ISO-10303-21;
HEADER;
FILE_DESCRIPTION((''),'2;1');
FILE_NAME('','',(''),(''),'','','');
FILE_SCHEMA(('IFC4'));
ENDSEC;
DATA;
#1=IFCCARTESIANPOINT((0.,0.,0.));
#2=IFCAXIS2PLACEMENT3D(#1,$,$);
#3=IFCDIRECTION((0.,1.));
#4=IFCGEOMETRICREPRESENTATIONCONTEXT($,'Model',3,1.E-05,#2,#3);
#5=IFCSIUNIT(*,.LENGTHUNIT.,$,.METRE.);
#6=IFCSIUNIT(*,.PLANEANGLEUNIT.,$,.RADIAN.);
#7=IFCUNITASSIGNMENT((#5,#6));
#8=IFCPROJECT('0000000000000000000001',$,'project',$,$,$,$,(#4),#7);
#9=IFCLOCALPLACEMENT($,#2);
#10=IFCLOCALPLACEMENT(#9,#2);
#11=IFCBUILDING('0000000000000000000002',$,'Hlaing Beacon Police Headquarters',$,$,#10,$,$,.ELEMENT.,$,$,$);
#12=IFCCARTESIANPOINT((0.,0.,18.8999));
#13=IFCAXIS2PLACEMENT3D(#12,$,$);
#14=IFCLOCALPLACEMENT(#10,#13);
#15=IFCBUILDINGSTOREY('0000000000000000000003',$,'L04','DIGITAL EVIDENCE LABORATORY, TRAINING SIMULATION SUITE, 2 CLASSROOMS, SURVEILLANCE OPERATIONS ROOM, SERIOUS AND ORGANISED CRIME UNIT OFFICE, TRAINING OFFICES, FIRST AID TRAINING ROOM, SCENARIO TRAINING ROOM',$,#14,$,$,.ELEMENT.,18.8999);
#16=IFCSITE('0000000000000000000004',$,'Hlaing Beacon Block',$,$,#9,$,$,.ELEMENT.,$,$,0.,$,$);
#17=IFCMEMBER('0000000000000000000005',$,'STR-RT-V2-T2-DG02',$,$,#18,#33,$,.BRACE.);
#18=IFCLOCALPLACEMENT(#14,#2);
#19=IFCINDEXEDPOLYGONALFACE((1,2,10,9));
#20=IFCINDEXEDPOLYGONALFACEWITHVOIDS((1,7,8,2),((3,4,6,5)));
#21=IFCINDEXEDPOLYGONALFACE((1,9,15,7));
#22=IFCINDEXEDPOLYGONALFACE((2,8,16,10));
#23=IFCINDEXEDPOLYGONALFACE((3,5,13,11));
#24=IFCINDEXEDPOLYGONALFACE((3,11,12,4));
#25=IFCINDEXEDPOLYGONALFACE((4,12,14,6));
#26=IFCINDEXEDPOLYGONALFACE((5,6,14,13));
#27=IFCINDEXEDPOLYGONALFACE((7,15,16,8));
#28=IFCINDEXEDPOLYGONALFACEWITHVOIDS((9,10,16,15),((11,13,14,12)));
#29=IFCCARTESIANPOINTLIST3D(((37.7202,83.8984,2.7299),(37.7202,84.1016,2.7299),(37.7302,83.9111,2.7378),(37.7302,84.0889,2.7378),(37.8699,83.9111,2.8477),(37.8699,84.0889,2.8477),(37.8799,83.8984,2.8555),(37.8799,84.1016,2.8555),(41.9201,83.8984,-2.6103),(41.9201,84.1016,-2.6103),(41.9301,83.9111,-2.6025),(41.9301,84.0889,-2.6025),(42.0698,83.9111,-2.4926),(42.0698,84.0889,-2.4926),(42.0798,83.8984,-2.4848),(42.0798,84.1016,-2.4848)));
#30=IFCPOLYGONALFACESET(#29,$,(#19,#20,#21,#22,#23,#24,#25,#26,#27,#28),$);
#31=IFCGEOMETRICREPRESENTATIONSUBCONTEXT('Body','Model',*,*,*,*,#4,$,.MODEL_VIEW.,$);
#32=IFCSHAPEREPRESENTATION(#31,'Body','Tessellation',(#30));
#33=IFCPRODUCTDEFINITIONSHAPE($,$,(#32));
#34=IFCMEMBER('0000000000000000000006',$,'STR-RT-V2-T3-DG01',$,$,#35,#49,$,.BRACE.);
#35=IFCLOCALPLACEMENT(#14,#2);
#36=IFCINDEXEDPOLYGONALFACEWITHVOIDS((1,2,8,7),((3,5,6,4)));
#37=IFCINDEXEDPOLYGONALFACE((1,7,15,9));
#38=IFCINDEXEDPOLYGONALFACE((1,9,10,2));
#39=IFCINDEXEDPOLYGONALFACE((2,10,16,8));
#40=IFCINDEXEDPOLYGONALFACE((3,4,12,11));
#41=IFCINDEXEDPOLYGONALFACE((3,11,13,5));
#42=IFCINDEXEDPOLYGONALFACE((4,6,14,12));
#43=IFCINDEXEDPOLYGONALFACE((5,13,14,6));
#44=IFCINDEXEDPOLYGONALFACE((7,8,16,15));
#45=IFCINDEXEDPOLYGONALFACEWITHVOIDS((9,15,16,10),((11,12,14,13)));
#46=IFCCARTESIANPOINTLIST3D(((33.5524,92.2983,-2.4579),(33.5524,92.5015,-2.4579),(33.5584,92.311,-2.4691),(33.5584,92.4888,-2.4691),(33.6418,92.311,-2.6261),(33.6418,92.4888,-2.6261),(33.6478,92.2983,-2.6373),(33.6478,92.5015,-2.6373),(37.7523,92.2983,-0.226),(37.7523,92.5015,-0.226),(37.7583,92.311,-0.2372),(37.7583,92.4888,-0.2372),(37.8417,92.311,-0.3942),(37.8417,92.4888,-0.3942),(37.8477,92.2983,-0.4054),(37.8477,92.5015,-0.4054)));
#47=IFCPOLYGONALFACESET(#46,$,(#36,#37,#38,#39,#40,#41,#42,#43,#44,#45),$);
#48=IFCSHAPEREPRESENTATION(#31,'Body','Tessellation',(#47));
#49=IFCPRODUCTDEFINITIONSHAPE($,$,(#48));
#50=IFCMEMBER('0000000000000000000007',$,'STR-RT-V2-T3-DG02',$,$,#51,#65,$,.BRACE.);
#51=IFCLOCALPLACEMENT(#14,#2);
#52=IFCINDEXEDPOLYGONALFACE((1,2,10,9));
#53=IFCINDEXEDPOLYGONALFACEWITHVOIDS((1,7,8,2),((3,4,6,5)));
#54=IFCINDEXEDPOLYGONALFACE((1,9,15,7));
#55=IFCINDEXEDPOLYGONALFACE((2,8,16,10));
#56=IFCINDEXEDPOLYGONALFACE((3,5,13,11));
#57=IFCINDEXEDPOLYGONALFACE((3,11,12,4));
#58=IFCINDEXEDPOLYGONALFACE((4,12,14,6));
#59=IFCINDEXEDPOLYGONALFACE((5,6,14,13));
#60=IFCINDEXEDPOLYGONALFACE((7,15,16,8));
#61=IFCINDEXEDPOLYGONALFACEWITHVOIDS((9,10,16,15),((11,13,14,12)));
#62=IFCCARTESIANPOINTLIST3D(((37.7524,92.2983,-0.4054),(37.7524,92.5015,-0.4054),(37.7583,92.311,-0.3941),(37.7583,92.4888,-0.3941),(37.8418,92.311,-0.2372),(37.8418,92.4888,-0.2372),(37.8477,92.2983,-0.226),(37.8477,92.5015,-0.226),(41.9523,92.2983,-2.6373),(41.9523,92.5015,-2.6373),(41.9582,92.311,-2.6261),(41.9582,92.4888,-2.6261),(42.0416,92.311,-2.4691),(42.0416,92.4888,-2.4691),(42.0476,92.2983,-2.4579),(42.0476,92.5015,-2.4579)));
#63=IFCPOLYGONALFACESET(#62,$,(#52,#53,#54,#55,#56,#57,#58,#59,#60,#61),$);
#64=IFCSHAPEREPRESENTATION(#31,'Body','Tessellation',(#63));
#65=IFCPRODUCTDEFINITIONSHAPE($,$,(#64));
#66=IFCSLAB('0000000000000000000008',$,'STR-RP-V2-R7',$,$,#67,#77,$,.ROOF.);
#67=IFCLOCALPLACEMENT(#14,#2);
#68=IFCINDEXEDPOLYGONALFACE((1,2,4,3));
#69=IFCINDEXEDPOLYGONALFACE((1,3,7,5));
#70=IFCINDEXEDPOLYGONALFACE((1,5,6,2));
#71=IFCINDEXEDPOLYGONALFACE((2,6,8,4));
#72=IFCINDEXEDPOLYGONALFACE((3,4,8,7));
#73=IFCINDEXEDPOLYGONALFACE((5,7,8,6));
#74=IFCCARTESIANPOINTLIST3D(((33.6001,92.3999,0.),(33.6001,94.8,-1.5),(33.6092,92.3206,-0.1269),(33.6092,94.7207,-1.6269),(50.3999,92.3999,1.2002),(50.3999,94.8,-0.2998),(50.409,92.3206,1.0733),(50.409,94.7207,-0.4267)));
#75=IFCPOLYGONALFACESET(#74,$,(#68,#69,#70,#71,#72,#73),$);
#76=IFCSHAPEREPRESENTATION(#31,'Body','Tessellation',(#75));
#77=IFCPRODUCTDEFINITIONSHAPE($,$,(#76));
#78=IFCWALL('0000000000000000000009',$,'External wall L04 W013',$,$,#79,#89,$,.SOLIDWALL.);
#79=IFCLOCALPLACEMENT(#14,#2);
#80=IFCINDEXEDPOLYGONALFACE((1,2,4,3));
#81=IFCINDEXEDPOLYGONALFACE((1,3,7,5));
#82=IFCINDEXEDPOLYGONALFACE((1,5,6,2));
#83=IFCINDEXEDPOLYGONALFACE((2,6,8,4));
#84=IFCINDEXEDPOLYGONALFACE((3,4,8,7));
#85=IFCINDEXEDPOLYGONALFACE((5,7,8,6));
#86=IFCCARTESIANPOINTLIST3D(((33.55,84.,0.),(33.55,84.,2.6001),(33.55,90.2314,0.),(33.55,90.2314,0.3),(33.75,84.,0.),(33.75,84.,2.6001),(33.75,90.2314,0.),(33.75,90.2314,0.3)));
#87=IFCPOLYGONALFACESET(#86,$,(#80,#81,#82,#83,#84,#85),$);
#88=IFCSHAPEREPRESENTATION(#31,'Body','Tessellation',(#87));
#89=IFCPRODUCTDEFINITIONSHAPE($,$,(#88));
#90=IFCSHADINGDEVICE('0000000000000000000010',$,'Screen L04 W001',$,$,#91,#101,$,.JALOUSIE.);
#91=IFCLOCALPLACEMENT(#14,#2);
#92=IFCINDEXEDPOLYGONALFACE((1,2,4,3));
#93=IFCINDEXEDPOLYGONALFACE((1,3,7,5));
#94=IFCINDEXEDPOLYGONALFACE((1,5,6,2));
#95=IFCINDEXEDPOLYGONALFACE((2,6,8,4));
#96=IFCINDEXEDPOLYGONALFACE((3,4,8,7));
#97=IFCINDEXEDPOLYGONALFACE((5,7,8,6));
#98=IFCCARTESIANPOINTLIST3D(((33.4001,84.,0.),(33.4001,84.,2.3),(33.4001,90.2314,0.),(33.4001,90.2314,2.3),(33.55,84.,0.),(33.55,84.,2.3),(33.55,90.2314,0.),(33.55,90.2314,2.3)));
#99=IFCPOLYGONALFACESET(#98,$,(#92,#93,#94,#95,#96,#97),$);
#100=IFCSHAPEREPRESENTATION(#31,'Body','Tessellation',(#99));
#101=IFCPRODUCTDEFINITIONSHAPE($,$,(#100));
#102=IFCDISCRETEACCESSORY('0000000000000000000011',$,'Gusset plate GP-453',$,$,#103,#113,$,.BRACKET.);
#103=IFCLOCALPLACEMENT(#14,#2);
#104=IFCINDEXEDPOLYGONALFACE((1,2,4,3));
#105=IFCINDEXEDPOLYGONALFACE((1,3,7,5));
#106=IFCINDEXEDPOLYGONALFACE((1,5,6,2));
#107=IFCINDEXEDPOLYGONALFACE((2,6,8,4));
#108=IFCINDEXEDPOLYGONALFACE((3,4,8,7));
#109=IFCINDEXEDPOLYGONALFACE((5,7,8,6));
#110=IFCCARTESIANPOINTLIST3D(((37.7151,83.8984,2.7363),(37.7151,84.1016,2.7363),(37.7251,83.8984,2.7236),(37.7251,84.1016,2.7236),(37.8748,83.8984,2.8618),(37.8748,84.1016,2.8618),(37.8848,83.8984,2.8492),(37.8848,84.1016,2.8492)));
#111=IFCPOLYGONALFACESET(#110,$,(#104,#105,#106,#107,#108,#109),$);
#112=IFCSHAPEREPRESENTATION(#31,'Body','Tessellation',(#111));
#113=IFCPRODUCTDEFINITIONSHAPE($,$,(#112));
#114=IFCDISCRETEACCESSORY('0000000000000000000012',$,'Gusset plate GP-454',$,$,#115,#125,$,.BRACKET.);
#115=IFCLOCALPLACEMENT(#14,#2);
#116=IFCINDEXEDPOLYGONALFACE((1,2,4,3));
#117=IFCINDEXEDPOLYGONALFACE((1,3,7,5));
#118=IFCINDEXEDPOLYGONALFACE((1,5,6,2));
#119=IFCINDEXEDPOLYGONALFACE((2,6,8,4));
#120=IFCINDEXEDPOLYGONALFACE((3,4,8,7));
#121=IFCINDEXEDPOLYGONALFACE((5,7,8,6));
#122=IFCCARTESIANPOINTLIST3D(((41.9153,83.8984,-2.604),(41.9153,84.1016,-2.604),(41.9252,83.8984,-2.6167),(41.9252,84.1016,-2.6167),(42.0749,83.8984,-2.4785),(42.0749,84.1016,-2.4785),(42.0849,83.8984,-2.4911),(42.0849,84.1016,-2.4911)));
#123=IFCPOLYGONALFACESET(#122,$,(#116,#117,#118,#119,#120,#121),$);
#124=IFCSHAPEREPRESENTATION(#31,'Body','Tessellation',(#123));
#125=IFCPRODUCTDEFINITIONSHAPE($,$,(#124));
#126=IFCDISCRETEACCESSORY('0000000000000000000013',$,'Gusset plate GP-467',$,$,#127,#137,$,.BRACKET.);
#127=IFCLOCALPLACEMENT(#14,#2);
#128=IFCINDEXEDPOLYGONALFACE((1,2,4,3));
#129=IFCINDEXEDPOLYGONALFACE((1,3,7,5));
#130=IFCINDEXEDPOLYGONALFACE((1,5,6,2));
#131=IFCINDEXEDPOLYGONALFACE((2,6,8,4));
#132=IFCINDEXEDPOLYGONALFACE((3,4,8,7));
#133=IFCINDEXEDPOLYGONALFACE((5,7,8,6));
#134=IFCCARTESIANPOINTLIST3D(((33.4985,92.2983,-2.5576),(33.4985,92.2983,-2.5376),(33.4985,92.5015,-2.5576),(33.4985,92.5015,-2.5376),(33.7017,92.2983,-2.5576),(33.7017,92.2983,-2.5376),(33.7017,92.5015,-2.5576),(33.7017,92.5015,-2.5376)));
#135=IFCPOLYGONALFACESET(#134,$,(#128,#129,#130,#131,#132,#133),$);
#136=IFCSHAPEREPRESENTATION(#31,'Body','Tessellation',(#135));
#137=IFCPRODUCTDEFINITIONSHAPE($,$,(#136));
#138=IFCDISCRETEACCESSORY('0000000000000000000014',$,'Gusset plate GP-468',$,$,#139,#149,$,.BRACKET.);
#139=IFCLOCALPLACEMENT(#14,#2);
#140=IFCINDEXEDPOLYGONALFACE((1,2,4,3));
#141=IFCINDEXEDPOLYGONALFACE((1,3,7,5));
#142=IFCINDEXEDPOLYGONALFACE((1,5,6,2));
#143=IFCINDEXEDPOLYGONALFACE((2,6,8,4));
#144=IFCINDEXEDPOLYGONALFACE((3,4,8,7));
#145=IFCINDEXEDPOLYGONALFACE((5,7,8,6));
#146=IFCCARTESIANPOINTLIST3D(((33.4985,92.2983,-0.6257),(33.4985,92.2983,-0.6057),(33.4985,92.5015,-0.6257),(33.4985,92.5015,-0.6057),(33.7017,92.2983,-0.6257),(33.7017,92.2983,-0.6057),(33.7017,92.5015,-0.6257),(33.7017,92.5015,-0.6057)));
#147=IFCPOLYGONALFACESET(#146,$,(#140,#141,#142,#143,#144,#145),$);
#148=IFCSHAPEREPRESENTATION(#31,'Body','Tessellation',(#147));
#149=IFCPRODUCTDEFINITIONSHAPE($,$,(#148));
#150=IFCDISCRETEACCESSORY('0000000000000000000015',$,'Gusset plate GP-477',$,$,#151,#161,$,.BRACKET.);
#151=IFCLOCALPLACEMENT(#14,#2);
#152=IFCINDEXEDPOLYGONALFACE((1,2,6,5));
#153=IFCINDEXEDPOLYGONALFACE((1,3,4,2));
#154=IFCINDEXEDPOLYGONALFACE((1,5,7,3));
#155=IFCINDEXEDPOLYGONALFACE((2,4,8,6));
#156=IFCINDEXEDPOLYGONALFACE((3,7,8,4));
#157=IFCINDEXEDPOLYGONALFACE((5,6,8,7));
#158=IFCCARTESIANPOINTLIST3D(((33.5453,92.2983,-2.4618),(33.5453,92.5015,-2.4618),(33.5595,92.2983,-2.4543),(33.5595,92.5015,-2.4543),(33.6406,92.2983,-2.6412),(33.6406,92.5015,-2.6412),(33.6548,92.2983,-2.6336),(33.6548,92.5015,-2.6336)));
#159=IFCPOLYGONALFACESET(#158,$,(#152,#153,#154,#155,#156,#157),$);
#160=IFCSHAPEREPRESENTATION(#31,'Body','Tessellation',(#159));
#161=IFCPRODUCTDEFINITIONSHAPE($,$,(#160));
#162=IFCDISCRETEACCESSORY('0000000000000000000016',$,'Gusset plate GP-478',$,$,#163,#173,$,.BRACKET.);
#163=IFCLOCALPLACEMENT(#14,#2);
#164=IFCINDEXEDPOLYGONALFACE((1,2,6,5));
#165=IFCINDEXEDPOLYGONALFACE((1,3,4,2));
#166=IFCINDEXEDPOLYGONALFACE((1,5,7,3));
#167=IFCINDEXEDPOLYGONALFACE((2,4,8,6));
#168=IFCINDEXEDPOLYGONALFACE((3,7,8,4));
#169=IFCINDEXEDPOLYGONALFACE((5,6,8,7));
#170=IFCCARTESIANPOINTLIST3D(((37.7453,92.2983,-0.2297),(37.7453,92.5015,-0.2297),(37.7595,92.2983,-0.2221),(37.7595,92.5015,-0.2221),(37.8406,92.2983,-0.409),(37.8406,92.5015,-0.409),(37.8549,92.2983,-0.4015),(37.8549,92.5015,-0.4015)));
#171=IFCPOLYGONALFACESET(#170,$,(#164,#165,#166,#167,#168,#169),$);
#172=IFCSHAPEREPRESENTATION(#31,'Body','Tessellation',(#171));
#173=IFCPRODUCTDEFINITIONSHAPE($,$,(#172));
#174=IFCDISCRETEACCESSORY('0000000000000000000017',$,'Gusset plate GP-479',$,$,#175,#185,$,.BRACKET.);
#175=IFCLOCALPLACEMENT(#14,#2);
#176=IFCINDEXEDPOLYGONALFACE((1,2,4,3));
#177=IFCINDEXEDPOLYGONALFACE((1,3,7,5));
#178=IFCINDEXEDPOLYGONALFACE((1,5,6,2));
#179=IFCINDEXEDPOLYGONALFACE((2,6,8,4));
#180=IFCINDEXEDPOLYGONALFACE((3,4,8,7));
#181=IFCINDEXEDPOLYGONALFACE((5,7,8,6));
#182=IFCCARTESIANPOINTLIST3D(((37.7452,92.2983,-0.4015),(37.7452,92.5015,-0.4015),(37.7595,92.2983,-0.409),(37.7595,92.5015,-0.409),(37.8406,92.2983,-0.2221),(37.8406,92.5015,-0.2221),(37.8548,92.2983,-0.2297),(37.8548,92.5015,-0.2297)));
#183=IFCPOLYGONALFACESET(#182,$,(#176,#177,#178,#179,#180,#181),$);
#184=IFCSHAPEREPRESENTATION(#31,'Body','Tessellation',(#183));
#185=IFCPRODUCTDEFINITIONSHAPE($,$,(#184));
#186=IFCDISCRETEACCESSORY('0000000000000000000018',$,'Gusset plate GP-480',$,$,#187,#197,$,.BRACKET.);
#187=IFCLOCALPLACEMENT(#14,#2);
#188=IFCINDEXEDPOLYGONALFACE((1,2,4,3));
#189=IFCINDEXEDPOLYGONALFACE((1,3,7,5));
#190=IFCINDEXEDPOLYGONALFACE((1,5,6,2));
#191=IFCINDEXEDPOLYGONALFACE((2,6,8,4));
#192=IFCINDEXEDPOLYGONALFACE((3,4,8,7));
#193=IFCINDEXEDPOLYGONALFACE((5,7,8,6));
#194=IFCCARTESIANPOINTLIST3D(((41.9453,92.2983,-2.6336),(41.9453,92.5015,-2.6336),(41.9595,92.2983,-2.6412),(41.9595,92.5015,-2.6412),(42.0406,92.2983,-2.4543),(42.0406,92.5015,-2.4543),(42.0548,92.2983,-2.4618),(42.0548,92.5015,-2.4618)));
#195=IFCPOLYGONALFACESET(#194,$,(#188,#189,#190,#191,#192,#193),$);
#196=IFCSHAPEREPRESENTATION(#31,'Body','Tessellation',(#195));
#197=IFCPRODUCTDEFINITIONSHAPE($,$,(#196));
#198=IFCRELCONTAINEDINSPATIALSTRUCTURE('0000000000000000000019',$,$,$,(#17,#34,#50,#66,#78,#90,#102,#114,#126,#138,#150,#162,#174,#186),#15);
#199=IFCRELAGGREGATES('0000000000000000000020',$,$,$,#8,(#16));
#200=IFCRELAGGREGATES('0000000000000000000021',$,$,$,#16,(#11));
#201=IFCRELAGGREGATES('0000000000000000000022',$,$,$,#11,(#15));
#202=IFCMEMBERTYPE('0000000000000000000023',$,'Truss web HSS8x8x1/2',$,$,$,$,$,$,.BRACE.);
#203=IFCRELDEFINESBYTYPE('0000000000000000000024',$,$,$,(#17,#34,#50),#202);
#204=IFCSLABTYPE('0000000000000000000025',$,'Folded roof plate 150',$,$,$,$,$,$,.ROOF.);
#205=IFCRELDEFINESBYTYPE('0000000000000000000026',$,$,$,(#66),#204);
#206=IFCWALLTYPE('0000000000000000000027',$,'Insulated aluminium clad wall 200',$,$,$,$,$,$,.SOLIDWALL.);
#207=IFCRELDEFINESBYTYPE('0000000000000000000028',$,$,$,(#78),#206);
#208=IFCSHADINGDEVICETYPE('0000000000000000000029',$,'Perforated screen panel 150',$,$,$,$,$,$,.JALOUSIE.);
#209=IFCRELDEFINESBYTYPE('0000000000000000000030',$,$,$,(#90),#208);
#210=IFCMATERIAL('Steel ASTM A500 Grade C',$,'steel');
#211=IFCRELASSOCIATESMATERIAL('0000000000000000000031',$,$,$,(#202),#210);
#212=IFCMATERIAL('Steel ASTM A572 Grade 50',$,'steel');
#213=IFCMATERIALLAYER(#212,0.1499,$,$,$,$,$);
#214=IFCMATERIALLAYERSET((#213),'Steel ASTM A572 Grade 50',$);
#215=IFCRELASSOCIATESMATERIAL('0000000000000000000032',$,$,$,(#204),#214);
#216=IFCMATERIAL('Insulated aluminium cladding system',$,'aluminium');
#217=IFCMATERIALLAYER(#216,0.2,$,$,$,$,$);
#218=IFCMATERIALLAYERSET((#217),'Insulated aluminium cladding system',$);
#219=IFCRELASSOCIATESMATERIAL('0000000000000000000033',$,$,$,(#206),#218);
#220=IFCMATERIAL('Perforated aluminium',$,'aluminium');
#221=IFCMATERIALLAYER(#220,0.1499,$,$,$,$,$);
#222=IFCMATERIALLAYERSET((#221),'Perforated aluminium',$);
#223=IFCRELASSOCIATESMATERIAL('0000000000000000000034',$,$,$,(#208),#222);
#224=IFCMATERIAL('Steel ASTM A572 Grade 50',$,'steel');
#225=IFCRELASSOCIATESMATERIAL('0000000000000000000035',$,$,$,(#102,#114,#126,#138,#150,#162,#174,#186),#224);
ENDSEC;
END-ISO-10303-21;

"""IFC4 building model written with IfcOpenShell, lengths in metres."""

from ifc_helpers import new_model, si_unit, direction, frame, origin, origin_2d, place, context, subcontext, project, spatial, polyline, rectangle, hollow_rectangle, outline, extrude, material, layer, layer_set, material_profile, profile_set, type_object, element, save


model = new_model("IFC4")

# Units and contexts
model_context = context("Model", 3, precision=1e-05, world=origin(), true_north=direction((0.0, 1.0)))
body_context = subcontext(model_context, "Body", "Model", "MODEL_VIEW")
ifc_project = project(units=[si_unit("LENGTHUNIT", "METRE"), si_unit("PLANEANGLEUNIT", "RADIAN")], contexts=[model_context])

# Site, building, storey
site_placement = place(None, origin())
site = spatial("IfcSite", under=ifc_project, at=site_placement, Name="Hlaing Beacon Block", CompositionType="ELEMENT", RefElevation=0.0)
building_placement = place(site_placement, origin())
building = spatial("IfcBuilding", under=site, at=building_placement, Name="Hlaing Beacon Police Headquarters", CompositionType="ELEMENT")
storey_placement = place(building_placement, frame((0.0, 0.0, 18.8999)))
storey = spatial("IfcBuildingStorey", under=building, at=storey_placement, Name="L04", Description="DIGITAL EVIDENCE LABORATORY, TRAINING SIMULATION SUITE, 2 CLASSROOMS, SURVEILLANCE OPERATIONS ROOM, SERIOUS AND ORGANISED CRIME UNIT OFFICE, TRAINING OFFICES, FIRST AID TRAINING ROOM, SCENARIO TRAINING ROOM", CompositionType="ELEMENT", Elevation=18.8999)

# Members
ifc_material_1 = material(Name="Steel ASTM A500 Grade C", Category="steel")
ifc_material_profile_1 = material_profile(ifc_material_1, hollow_rectangle(XDim=0.2031, YDim=0.2031, WallThickness=0.0127, at=origin_2d()), Name="HSS8x8x1/2")
ifc_profile_set_1 = profile_set([ifc_material_profile_1], Name="Steel ASTM A500 Grade C")
member_type_1 = type_object("IfcMemberType", Name="Truss web HSS8x8x1/2", PredefinedType="BRACE", material=ifc_profile_set_1)
member_1_placement = place(storey_placement, frame((37.8, 84.0, 2.7927), z_axis=(0.618183, 0.0, -0.786034), x_axis=(0.0, 1.0, 0.0)))
element("IfcMember", 1, at=member_1_placement, inside=storey, type_object=member_type_1, Name="STR-RT-V2-T2-DG02", PredefinedType="BRACE", context=body_context, shape_type="SweptSolid", body=[
    extrude(hollow_rectangle(XDim=0.2031, YDim=0.2031, WallThickness=0.0127, at=origin_2d()), origin(), (0.0, 0.0, 1.0), 6.7939),
])
for number, where, z_axis, x_axis, name in (
    (2, (33.6001, 92.3999, -2.5476), (0.883054, 0.0, 0.469272), (0.0, 1.0, 0.0), "STR-RT-V2-T3-DG01"),
    (3, (37.8, 92.3999, -0.3157), (0.883054, 0.0, -0.469272), (0.0, 1.0, 0.0), "STR-RT-V2-T3-DG02"),
):
    element("IfcMember", number, at=place(storey_placement, frame(where, z_axis=z_axis, x_axis=x_axis)), inside=storey, type_object=member_type_1, Name=name, PredefinedType="BRACE", context=body_context, shape_type="SweptSolid", body=[
        extrude(hollow_rectangle(XDim=0.2031, YDim=0.2031, WallThickness=0.0127, at=origin_2d()), origin(), (0.0, 0.0, 1.0), 4.7561),
    ])

# Slab
ifc_material_2 = material(Name="Steel ASTM A572 Grade 50", Category="steel")
ifc_layer_1 = layer(ifc_material_2, 0.1499)
ifc_layer_set_1 = layer_set([ifc_layer_1], Name="Steel ASTM A572 Grade 50")
slab_type = type_object("IfcSlabType", Name="Folded roof plate 150", PredefinedType="ROOF", material=ifc_layer_set_1)
slab_placement = place(storey_placement, frame((33.6001, 92.3999, 0.0), z_axis=(-0.060472, 0.529006, 0.846461), x_axis=(0.997458, 0.0, 0.071259)))
element("IfcSlab", 4, at=slab_placement, inside=storey, type_object=slab_type, Name="STR-RP-V2-R7", PredefinedType="ROOF", context=body_context, shape_type="SweptSolid", body=[
    extrude(outline(polyline([(0.0, 0.0), (16.8426, 0.0), (16.7357, 2.8283), (-0.1069, 2.8283), (0.0, 0.0)])), origin(), (0.0, 0.0, -1.0), 0.1499),
])

# Wall
ifc_material_3 = material(Name="Insulated aluminium cladding system", Category="aluminium")
ifc_layer_2 = layer(ifc_material_3, 0.2)
ifc_layer_set_2 = layer_set([ifc_layer_2], Name="Insulated aluminium cladding system")
wall_type = type_object("IfcWallType", Name="Insulated aluminium clad wall 200", PredefinedType="SOLIDWALL", material=ifc_layer_set_2)
wall_placement = place(storey_placement, frame((33.6499, 90.2314, 0.0), z_axis=(0.0, 0.0, 1.0), x_axis=(0.0, -1.0, 0.0)))
element("IfcWall", 5, at=wall_placement, inside=storey, type_object=wall_type, Name="External wall L04 W013", PredefinedType="SOLIDWALL", context=body_context, shape_type="SweptSolid", body=[
    extrude(outline(polyline([(0.0, 0.0), (6.2314, 0.0), (6.2314, 2.6001), (0.0, 0.3), (0.0, 0.0)])), frame((0.0, 0.1001, 0.0), z_axis=(0.0, -1.0, 0.0), x_axis=(1.0, 0.0, 0.0)), (0.0, 0.0, 1.0), 0.2),
])

# Shading device
ifc_material_4 = material(Name="Perforated aluminium", Category="aluminium")
ifc_layer_3 = layer(ifc_material_4, 0.1499)
ifc_layer_set_3 = layer_set([ifc_layer_3], Name="Perforated aluminium")
shading_device_type = type_object("IfcShadingDeviceType", Name="Perforated screen panel 150", PredefinedType="JALOUSIE", material=ifc_layer_set_3)
shading_device_placement = place(storey_placement, frame((33.4751, 87.1157, 0.0), z_axis=(0.0, 0.0, 1.0), x_axis=(0.0, -1.0, 0.0)))
element("IfcShadingDevice", 6, at=shading_device_placement, inside=storey, type_object=shading_device_type, Name="Screen L04 W001", PredefinedType="JALOUSIE", context=body_context, shape_type="SweptSolid", body=[
    extrude(rectangle(XDim=6.2314, YDim=0.1499, at=origin_2d()), origin(), (0.0, 0.0, 1.0), 2.3),
])

# Discrete accessories
ifc_material_5 = material(Name="Steel ASTM A572 Grade 50", Category="steel")
for number, where, z_axis, x_axis, name in (
    (7, (37.8049, 84.0, 2.7864), (-0.618183, 0.0, 0.786034), (0.0, -1.0, 0.0), "Gusset plate GP-453"),
    (8, (41.9951, 84.0, -2.5413), (0.618183, 0.0, -0.786034), (0.0, 1.0, 0.0), "Gusset plate GP-454"),
):
    element("IfcDiscreteAccessory", number, at=place(storey_placement, frame(where, z_axis=z_axis, x_axis=x_axis)), inside=storey, material=ifc_material_5, Name=name, PredefinedType="BRACKET", context=body_context, shape_type="SweptSolid", body=[
        extrude(rectangle(XDim=0.2031, YDim=0.2031, at=origin_2d()), origin(), (0.0, 0.0, 1.0), 0.0161),
    ])
for number, where, z_axis, x_axis, name in (
    (9, (33.6001, 92.3999, -2.5376), (0.0, 0.0, -1.0), (1.0, 0.0, 0.0), "Gusset plate GP-467"),
    (10, (33.6001, 92.3999, -0.6257), (0.0, 0.0, 1.0), (1.0, 0.0, 0.0), "Gusset plate GP-468"),
):
    element("IfcDiscreteAccessory", number, at=place(storey_placement, frame(where, z_axis=z_axis, x_axis=x_axis)), inside=storey, material=ifc_material_5, Name=name, PredefinedType="BRACKET", context=body_context, shape_type="SweptSolid", body=[
        extrude(rectangle(XDim=0.2031, YDim=0.2031, at=origin_2d()), origin(), (0.0, 0.0, 1.0), 0.02),
    ])
for number, where, z_axis, x_axis, name in (
    (11, (33.6072, 92.3999, -2.5439), (-0.883054, 0.0, -0.469272), (0.0, -1.0, 0.0), "Gusset plate GP-477"),
    (12, (37.793, 92.3999, -0.3193), (0.883054, 0.0, 0.469272), (0.0, 1.0, 0.0), "Gusset plate GP-478"),
    (13, (37.8071, 92.3999, -0.3193), (-0.883054, 0.0, 0.469272), (0.0, -1.0, 0.0), "Gusset plate GP-479"),
    (14, (41.9929, 92.3999, -2.5439), (0.883054, 0.0, -0.469272), (0.0, 1.0, 0.0), "Gusset plate GP-480"),
):
    element("IfcDiscreteAccessory", number, at=place(storey_placement, frame(where, z_axis=z_axis, x_axis=x_axis)), inside=storey, material=ifc_material_5, Name=name, PredefinedType="BRACKET", context=body_context, shape_type="SweptSolid", body=[
        extrude(rectangle(XDim=0.2031, YDim=0.2031, at=origin_2d()), origin(), (0.0, 0.0, 1.0), 0.0161),
    ])

save(model, "model.ifc")
